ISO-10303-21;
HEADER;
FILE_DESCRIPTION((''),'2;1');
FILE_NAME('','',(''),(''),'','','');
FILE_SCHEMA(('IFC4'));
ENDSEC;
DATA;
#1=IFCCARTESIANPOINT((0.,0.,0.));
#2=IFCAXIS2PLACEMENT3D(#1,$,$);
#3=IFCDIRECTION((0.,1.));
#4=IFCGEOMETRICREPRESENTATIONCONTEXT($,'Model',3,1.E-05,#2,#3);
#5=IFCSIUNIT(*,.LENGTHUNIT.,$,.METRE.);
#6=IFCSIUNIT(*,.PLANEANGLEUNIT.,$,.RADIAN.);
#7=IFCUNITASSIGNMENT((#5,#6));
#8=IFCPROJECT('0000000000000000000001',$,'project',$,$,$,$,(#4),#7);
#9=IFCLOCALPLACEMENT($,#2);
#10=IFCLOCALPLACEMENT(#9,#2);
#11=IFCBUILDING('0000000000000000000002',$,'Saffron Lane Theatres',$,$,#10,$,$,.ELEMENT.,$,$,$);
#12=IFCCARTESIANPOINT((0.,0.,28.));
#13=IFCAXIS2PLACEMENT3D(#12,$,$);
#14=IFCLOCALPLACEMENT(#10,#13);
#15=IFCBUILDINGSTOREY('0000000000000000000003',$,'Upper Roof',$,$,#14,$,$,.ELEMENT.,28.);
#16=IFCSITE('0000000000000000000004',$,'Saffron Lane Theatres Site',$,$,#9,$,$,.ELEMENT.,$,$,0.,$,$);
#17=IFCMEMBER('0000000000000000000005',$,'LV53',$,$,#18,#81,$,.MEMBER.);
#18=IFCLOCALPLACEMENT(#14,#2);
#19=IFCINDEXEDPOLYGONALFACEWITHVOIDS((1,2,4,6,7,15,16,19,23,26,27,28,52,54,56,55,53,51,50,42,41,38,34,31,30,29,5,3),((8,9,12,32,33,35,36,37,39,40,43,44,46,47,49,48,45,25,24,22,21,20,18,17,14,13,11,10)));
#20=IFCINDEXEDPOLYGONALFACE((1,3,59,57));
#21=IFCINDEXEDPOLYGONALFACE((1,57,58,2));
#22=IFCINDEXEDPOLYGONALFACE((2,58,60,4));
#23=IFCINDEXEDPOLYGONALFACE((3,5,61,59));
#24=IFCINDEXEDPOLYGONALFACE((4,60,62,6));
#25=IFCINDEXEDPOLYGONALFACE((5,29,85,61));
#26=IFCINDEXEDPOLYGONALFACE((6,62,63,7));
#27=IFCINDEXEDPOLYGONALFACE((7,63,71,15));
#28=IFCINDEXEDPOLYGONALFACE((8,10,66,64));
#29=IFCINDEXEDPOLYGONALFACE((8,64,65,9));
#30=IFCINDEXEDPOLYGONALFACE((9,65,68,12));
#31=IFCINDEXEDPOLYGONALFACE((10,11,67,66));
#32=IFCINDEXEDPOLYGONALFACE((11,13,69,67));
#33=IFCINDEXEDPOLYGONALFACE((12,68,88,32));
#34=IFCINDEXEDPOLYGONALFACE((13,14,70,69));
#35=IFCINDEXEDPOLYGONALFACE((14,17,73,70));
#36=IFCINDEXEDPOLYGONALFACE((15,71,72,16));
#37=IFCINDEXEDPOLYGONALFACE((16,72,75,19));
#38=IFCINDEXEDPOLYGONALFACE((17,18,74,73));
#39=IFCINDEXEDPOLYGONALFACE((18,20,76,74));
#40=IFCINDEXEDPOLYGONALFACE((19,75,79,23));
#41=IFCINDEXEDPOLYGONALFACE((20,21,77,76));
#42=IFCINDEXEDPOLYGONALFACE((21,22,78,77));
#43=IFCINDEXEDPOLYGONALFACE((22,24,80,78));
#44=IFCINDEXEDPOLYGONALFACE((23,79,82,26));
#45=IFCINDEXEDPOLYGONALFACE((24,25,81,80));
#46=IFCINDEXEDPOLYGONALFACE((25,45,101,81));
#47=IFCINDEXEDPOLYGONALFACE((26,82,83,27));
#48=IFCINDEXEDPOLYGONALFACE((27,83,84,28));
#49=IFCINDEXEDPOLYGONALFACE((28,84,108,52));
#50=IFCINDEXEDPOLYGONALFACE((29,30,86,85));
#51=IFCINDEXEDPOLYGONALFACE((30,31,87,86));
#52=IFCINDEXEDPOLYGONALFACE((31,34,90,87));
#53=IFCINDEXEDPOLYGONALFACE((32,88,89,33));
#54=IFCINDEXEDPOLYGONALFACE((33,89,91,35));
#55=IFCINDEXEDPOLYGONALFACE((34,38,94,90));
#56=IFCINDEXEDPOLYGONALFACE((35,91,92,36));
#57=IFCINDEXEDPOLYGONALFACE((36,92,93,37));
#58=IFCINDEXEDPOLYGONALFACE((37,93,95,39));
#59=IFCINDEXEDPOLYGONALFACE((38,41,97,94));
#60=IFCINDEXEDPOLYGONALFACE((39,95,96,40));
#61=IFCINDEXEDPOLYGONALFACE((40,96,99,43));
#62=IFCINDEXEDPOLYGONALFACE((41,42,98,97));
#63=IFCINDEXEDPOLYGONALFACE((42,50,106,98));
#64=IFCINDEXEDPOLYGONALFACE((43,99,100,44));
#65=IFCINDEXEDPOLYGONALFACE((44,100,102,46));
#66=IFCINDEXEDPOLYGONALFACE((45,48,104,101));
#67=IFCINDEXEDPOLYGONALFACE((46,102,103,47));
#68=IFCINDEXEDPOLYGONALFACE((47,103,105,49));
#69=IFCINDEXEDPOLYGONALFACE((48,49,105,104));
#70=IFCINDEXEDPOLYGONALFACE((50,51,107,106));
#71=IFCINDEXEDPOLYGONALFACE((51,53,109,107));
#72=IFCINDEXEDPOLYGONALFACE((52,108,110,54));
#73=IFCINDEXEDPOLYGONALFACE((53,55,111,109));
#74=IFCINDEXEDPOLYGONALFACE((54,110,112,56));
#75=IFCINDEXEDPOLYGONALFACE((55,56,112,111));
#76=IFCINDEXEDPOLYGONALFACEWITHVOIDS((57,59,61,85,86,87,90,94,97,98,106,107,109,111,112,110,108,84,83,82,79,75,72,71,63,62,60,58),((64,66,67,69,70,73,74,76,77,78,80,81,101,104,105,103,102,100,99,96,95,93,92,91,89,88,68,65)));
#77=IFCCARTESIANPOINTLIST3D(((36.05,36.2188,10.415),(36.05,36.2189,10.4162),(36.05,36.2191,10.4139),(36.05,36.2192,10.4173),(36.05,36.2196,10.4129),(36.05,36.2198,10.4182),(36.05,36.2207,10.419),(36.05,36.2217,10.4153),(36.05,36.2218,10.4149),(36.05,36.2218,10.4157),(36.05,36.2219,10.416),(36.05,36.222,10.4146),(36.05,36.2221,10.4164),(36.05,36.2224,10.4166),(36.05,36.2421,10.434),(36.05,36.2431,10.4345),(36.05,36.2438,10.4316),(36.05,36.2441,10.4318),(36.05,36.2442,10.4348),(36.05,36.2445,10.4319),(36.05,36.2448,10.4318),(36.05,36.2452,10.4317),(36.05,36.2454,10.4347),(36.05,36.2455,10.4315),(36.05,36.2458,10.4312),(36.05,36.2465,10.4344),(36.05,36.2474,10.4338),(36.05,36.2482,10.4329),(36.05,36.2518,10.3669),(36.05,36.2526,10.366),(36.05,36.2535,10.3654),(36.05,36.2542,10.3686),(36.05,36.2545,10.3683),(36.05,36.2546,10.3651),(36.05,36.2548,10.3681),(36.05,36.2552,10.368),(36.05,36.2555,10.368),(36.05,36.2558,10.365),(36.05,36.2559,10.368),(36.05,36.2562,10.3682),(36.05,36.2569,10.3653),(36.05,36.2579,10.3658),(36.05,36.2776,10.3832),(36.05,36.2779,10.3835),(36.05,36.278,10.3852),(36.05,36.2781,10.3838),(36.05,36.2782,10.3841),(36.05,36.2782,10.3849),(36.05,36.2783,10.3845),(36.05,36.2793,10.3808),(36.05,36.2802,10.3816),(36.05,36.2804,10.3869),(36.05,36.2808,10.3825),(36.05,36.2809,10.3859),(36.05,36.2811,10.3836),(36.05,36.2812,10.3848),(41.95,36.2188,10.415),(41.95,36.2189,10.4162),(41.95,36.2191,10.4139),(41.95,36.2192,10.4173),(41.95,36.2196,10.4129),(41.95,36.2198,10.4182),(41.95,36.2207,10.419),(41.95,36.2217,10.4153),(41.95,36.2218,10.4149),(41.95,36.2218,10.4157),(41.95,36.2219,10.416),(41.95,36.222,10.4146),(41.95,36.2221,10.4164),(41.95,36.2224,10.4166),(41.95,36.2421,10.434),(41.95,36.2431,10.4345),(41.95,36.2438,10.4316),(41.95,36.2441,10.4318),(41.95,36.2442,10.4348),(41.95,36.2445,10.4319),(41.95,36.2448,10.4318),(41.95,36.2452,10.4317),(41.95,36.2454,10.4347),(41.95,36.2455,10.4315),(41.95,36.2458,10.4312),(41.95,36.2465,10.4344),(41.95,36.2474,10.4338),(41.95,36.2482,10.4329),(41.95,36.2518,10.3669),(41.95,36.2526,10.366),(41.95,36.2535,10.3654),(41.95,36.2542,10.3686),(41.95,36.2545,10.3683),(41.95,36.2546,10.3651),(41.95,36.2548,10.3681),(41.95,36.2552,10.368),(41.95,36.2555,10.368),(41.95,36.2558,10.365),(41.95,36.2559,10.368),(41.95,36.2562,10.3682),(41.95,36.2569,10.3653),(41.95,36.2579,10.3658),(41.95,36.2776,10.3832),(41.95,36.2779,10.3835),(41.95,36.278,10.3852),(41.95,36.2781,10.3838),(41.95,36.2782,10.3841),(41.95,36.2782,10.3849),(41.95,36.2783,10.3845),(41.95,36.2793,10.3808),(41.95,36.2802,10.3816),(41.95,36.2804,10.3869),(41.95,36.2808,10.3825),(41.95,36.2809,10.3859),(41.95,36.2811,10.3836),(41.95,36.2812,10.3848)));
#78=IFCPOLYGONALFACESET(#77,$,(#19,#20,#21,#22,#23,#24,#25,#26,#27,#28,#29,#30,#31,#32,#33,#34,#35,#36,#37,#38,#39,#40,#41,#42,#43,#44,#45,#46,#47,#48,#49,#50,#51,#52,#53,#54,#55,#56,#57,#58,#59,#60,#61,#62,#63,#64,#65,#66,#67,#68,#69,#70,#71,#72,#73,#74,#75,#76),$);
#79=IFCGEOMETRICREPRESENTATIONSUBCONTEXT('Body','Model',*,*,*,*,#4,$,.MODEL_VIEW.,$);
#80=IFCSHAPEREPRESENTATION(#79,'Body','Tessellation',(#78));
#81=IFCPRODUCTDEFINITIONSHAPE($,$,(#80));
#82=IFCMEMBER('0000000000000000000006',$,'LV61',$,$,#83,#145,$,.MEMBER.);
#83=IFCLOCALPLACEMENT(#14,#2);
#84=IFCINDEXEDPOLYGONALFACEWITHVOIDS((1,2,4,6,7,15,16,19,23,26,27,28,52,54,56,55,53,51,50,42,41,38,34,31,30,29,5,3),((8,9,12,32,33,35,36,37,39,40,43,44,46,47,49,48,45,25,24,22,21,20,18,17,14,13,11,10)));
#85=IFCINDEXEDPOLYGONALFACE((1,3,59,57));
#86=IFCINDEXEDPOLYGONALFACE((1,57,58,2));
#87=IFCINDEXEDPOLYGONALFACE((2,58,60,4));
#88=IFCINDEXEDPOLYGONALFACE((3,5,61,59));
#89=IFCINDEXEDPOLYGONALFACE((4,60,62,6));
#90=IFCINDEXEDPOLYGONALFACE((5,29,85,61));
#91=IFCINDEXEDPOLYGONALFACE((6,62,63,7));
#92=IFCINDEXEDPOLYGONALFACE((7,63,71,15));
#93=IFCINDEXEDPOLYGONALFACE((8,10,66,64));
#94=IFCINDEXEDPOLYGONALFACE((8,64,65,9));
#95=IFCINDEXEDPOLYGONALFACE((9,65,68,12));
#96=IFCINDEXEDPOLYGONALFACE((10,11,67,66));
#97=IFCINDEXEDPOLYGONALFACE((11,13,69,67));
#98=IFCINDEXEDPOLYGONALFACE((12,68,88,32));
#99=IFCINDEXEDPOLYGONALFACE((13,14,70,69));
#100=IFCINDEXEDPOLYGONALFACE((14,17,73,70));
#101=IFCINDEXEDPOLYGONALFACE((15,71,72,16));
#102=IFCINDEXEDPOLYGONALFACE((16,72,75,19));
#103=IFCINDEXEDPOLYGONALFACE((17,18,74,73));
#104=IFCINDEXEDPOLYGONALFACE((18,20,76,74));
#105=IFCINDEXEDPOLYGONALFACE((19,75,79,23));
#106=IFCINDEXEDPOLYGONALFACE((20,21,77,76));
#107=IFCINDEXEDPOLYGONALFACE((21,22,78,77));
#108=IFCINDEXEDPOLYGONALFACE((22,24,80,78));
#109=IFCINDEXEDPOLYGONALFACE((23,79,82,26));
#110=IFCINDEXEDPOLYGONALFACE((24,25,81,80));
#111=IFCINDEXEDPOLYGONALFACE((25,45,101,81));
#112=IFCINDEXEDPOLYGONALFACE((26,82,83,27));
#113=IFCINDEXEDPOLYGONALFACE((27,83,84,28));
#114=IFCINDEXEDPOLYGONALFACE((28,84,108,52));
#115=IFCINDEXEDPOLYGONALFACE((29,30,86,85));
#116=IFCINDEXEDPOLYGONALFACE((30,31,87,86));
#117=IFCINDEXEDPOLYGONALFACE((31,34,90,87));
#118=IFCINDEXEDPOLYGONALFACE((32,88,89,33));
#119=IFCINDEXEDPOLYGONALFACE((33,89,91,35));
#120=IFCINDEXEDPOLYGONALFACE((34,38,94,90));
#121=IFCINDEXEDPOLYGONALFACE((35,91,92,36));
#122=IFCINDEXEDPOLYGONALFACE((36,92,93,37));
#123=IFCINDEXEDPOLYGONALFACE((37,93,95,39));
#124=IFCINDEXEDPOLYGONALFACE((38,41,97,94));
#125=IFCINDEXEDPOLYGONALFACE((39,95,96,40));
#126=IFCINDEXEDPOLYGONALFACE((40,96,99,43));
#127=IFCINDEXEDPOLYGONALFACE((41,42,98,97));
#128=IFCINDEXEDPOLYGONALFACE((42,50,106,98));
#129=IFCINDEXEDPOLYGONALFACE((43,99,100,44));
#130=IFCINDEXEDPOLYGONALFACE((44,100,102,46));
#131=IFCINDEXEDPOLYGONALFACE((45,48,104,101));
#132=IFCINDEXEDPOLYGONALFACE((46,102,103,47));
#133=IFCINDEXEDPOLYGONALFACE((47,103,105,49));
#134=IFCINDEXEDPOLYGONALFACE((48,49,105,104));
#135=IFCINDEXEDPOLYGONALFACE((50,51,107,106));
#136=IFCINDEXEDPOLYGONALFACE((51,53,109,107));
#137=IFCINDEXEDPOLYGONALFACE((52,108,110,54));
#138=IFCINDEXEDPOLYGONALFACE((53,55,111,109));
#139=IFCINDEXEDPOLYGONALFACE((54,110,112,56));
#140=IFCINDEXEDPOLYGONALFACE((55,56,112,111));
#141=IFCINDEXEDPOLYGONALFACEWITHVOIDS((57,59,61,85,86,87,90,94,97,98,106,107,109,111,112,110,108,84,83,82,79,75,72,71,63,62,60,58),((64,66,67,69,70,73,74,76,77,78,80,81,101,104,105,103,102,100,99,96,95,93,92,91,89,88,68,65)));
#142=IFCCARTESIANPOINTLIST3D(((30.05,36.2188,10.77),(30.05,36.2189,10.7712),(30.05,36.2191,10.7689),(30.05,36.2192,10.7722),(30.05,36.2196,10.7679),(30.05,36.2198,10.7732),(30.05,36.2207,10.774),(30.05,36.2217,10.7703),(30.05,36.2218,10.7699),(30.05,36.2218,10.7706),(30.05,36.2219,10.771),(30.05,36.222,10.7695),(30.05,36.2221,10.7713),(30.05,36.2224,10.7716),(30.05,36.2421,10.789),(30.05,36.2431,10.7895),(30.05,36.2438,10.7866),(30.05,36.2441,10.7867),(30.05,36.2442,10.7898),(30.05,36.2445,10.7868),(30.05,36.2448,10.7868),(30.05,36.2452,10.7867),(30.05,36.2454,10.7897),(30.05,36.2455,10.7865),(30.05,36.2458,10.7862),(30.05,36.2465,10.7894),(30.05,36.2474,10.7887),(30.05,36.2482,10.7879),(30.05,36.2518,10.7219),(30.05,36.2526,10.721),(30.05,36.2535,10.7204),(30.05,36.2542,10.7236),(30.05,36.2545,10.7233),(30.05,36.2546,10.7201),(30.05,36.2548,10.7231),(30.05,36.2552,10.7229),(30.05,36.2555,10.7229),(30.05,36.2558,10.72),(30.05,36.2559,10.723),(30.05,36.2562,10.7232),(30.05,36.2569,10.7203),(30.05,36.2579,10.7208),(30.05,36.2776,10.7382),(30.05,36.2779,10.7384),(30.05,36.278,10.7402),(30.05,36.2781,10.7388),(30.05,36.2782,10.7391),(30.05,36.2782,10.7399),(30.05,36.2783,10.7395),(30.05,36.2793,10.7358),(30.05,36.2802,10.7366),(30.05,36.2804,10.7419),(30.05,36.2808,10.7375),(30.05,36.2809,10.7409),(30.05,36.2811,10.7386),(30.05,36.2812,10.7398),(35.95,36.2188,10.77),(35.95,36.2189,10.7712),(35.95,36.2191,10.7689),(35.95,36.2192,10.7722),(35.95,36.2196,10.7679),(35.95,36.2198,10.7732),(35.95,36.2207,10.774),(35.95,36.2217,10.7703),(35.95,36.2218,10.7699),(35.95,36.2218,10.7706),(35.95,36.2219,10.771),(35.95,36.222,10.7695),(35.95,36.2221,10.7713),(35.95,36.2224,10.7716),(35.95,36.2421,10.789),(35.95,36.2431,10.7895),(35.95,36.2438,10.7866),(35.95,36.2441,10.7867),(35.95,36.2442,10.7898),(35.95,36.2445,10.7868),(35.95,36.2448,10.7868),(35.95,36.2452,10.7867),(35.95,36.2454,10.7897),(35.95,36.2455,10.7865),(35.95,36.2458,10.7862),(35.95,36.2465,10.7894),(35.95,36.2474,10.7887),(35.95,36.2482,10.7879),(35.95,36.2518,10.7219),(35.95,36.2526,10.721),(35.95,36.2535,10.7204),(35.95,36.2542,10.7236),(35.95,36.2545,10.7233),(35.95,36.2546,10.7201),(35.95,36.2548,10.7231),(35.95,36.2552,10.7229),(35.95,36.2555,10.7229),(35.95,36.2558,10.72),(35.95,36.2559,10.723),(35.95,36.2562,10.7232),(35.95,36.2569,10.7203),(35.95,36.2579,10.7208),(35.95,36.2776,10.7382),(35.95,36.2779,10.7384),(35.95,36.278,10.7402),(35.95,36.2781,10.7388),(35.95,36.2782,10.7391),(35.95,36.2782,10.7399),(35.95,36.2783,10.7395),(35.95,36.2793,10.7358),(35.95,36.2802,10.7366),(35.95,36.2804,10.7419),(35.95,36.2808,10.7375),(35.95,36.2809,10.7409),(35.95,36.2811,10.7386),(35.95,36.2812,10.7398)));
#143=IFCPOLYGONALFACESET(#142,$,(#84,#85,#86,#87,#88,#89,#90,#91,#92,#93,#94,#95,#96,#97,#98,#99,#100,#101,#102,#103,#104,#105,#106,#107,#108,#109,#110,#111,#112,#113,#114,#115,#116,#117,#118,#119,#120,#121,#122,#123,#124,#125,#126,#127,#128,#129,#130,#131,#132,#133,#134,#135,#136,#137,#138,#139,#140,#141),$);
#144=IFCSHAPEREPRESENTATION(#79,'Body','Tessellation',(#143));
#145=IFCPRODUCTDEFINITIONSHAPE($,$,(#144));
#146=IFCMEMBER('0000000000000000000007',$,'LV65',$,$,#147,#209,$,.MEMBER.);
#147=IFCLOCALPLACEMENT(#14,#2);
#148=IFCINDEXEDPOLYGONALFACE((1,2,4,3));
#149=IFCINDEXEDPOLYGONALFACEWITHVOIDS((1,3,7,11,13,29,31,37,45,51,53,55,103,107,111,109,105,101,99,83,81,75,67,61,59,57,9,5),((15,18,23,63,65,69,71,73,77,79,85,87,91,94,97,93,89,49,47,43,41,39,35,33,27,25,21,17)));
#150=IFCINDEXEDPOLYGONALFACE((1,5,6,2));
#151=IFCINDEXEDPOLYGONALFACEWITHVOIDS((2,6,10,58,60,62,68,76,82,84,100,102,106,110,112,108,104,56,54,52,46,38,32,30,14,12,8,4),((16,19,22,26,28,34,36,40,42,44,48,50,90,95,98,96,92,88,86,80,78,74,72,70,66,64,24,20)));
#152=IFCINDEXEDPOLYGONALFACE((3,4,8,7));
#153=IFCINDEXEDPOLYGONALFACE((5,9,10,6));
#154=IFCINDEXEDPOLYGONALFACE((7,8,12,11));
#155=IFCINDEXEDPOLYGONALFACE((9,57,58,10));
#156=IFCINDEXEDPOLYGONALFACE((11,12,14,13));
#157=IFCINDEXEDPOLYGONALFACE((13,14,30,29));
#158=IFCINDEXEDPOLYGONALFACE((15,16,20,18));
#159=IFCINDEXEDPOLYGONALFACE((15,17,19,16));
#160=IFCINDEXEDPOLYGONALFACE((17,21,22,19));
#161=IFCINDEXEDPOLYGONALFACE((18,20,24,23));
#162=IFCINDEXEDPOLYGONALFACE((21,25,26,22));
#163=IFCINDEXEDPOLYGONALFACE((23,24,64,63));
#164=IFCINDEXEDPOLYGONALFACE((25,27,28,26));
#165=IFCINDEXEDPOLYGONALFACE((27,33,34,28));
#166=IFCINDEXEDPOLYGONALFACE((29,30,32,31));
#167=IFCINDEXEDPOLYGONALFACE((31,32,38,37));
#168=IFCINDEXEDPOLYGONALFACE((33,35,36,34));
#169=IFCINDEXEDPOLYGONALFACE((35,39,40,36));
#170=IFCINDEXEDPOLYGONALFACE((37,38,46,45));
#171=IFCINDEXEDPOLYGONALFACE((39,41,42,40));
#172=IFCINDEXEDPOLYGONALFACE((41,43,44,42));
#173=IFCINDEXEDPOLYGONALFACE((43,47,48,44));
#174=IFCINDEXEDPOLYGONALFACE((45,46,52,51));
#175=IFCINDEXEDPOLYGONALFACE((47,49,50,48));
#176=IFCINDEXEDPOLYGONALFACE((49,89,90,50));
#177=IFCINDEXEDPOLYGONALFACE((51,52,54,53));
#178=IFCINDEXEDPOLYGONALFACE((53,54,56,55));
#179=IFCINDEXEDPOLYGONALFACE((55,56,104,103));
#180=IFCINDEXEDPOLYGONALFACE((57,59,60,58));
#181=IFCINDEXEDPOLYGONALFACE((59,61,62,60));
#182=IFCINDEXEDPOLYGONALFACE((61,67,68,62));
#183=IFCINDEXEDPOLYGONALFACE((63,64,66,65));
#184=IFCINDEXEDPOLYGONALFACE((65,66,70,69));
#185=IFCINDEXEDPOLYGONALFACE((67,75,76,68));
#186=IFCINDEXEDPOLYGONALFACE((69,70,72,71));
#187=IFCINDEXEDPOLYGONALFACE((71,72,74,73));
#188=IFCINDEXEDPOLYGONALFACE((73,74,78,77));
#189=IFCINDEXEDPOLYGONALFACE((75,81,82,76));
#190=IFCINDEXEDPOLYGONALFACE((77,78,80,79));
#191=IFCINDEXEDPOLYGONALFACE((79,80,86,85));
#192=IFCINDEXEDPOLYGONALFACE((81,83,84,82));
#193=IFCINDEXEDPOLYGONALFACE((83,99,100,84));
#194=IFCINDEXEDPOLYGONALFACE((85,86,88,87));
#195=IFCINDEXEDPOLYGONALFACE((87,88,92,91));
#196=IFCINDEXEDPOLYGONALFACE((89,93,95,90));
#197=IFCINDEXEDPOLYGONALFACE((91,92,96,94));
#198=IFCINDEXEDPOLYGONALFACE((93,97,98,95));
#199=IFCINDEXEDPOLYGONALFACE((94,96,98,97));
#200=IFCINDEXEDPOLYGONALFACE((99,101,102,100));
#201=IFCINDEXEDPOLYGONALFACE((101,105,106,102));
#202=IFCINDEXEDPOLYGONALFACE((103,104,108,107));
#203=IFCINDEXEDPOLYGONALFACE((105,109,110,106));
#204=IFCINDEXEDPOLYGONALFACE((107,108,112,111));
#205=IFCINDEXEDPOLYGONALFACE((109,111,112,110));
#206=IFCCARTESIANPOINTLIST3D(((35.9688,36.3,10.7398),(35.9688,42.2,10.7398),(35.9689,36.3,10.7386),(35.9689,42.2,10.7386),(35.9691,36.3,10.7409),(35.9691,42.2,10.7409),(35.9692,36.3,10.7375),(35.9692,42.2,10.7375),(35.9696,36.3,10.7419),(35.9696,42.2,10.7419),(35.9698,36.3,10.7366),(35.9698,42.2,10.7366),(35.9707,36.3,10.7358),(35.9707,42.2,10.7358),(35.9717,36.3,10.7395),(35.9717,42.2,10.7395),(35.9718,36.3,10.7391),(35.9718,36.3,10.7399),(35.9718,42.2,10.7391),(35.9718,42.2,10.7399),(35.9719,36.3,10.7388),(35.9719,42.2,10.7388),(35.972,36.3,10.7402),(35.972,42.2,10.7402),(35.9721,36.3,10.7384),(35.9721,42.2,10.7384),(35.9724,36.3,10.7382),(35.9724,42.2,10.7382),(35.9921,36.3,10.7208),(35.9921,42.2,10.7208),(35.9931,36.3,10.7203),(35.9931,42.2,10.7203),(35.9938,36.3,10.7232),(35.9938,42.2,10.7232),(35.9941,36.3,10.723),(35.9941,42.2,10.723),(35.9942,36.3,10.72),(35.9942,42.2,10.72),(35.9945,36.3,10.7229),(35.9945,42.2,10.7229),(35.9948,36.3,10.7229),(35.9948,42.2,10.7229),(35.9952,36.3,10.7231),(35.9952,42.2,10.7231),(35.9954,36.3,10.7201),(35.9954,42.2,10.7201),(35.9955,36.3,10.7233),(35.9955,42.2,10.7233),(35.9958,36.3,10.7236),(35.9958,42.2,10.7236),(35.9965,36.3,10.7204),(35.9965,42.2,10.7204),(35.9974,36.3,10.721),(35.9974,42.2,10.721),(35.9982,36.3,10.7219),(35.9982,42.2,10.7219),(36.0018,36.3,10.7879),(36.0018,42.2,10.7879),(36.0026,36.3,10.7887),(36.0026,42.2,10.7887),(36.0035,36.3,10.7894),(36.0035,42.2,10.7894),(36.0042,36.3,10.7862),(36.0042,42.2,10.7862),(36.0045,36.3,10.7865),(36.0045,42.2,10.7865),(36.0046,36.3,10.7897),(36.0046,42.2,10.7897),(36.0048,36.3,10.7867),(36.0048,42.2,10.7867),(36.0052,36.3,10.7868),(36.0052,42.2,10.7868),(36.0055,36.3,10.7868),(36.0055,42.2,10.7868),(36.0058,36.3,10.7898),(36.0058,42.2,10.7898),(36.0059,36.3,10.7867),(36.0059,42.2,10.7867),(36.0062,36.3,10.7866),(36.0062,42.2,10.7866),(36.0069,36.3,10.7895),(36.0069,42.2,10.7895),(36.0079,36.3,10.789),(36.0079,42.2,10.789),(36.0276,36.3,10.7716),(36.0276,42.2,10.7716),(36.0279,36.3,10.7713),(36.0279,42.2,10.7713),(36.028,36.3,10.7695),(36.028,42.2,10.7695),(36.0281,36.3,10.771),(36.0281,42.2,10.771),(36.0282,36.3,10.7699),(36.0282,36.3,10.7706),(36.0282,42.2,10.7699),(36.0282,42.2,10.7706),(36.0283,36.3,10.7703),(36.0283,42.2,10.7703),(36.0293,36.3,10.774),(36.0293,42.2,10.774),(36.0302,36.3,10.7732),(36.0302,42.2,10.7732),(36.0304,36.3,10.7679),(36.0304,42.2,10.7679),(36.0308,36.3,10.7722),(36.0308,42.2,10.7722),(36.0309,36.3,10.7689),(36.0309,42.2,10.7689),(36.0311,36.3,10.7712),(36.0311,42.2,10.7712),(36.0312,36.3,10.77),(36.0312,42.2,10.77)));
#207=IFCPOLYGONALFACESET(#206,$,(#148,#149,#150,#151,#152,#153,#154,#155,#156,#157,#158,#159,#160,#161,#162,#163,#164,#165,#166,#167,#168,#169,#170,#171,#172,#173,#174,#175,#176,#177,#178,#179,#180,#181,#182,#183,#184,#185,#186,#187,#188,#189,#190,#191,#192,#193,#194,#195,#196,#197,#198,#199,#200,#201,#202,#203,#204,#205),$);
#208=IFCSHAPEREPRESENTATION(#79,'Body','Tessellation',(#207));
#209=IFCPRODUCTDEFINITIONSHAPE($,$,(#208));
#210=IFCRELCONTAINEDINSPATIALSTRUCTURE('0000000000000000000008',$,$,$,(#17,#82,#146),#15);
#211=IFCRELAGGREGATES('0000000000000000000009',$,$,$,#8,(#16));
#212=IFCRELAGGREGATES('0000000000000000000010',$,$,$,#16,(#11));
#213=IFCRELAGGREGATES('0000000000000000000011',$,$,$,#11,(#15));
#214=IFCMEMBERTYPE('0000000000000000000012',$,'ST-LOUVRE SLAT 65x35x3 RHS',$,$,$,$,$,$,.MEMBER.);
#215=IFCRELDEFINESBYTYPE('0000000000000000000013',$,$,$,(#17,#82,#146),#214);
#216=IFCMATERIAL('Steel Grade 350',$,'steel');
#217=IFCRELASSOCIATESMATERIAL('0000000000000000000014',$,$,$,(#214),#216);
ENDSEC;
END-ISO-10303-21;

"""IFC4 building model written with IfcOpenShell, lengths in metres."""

from ifc_helpers import new_model, si_unit, direction, frame, origin, origin_2d, place, context, subcontext, project, spatial, hollow_rectangle, extrude, material, material_profile, profile_set, type_object, element, save


model = new_model("IFC4")

# Units and contexts
model_context = context("Model", 3, precision=1e-05, world=origin(), true_north=direction((0.0, 1.0)))
body_context = subcontext(model_context, "Body", "Model", "MODEL_VIEW")
ifc_project = project(units=[si_unit("LENGTHUNIT", "METRE"), si_unit("PLANEANGLEUNIT", "RADIAN")], contexts=[model_context])

# Site, building, storey
site_placement = place(None, origin())
site = spatial("IfcSite", under=ifc_project, at=site_placement, Name="Saffron Lane Theatres Site", CompositionType="ELEMENT", RefElevation=0.0)
building_placement = place(site_placement, origin())
building = spatial("IfcBuilding", under=site, at=building_placement, Name="Saffron Lane Theatres", CompositionType="ELEMENT")
storey_placement = place(building_placement, frame((0.0, 0.0, 28.0)))
storey = spatial("IfcBuildingStorey", under=building, at=storey_placement, Name="Upper Roof", CompositionType="ELEMENT", Elevation=28.0)

# Members
ifc_material_1 = material(Name="Steel Grade 350", Category="steel")
ifc_material_profile_1 = material_profile(ifc_material_1, hollow_rectangle(XDim=0.0349, YDim=0.0649, WallThickness=0.0029, InnerFilletRadius=0.0015, OuterFilletRadius=0.0044, at=origin_2d()))
ifc_profile_set_1 = profile_set([ifc_material_profile_1], Name="Steel Grade 350")
member_type_1 = type_object("IfcMemberType", Name="ST-LOUVRE SLAT 65x35x3 RHS", PredefinedType="MEMBER", material=ifc_profile_set_1)
for number, where, z_axis, x_axis, name in (
    (1, (36.05, 36.25, 10.3999), (1.0, 0.0, 0.0), (0.0, 0.819152, 0.573576), "LV53"),
    (2, (30.05, 36.25, 10.7549), (1.0, 0.0, 0.0), (0.0, 0.819152, 0.573576), "LV61"),
    (3, (36.0, 36.3, 10.7549), (0.0, 1.0, 0.0), (-0.819152, 0.0, 0.573576), "LV65"),
):
    element("IfcMember", number, at=place(storey_placement, frame(where, z_axis=z_axis, x_axis=x_axis)), inside=storey, type_object=member_type_1, Name=name, PredefinedType="MEMBER", context=body_context, shape_type="SweptSolid", body=[
        extrude(hollow_rectangle(XDim=0.0349, YDim=0.0649, WallThickness=0.0029, InnerFilletRadius=0.0015, OuterFilletRadius=0.0044, at=origin_2d()), origin(), (0.0, 0.0, 1.0), 5.8999),
    ])

save(model, "model.ifc")
